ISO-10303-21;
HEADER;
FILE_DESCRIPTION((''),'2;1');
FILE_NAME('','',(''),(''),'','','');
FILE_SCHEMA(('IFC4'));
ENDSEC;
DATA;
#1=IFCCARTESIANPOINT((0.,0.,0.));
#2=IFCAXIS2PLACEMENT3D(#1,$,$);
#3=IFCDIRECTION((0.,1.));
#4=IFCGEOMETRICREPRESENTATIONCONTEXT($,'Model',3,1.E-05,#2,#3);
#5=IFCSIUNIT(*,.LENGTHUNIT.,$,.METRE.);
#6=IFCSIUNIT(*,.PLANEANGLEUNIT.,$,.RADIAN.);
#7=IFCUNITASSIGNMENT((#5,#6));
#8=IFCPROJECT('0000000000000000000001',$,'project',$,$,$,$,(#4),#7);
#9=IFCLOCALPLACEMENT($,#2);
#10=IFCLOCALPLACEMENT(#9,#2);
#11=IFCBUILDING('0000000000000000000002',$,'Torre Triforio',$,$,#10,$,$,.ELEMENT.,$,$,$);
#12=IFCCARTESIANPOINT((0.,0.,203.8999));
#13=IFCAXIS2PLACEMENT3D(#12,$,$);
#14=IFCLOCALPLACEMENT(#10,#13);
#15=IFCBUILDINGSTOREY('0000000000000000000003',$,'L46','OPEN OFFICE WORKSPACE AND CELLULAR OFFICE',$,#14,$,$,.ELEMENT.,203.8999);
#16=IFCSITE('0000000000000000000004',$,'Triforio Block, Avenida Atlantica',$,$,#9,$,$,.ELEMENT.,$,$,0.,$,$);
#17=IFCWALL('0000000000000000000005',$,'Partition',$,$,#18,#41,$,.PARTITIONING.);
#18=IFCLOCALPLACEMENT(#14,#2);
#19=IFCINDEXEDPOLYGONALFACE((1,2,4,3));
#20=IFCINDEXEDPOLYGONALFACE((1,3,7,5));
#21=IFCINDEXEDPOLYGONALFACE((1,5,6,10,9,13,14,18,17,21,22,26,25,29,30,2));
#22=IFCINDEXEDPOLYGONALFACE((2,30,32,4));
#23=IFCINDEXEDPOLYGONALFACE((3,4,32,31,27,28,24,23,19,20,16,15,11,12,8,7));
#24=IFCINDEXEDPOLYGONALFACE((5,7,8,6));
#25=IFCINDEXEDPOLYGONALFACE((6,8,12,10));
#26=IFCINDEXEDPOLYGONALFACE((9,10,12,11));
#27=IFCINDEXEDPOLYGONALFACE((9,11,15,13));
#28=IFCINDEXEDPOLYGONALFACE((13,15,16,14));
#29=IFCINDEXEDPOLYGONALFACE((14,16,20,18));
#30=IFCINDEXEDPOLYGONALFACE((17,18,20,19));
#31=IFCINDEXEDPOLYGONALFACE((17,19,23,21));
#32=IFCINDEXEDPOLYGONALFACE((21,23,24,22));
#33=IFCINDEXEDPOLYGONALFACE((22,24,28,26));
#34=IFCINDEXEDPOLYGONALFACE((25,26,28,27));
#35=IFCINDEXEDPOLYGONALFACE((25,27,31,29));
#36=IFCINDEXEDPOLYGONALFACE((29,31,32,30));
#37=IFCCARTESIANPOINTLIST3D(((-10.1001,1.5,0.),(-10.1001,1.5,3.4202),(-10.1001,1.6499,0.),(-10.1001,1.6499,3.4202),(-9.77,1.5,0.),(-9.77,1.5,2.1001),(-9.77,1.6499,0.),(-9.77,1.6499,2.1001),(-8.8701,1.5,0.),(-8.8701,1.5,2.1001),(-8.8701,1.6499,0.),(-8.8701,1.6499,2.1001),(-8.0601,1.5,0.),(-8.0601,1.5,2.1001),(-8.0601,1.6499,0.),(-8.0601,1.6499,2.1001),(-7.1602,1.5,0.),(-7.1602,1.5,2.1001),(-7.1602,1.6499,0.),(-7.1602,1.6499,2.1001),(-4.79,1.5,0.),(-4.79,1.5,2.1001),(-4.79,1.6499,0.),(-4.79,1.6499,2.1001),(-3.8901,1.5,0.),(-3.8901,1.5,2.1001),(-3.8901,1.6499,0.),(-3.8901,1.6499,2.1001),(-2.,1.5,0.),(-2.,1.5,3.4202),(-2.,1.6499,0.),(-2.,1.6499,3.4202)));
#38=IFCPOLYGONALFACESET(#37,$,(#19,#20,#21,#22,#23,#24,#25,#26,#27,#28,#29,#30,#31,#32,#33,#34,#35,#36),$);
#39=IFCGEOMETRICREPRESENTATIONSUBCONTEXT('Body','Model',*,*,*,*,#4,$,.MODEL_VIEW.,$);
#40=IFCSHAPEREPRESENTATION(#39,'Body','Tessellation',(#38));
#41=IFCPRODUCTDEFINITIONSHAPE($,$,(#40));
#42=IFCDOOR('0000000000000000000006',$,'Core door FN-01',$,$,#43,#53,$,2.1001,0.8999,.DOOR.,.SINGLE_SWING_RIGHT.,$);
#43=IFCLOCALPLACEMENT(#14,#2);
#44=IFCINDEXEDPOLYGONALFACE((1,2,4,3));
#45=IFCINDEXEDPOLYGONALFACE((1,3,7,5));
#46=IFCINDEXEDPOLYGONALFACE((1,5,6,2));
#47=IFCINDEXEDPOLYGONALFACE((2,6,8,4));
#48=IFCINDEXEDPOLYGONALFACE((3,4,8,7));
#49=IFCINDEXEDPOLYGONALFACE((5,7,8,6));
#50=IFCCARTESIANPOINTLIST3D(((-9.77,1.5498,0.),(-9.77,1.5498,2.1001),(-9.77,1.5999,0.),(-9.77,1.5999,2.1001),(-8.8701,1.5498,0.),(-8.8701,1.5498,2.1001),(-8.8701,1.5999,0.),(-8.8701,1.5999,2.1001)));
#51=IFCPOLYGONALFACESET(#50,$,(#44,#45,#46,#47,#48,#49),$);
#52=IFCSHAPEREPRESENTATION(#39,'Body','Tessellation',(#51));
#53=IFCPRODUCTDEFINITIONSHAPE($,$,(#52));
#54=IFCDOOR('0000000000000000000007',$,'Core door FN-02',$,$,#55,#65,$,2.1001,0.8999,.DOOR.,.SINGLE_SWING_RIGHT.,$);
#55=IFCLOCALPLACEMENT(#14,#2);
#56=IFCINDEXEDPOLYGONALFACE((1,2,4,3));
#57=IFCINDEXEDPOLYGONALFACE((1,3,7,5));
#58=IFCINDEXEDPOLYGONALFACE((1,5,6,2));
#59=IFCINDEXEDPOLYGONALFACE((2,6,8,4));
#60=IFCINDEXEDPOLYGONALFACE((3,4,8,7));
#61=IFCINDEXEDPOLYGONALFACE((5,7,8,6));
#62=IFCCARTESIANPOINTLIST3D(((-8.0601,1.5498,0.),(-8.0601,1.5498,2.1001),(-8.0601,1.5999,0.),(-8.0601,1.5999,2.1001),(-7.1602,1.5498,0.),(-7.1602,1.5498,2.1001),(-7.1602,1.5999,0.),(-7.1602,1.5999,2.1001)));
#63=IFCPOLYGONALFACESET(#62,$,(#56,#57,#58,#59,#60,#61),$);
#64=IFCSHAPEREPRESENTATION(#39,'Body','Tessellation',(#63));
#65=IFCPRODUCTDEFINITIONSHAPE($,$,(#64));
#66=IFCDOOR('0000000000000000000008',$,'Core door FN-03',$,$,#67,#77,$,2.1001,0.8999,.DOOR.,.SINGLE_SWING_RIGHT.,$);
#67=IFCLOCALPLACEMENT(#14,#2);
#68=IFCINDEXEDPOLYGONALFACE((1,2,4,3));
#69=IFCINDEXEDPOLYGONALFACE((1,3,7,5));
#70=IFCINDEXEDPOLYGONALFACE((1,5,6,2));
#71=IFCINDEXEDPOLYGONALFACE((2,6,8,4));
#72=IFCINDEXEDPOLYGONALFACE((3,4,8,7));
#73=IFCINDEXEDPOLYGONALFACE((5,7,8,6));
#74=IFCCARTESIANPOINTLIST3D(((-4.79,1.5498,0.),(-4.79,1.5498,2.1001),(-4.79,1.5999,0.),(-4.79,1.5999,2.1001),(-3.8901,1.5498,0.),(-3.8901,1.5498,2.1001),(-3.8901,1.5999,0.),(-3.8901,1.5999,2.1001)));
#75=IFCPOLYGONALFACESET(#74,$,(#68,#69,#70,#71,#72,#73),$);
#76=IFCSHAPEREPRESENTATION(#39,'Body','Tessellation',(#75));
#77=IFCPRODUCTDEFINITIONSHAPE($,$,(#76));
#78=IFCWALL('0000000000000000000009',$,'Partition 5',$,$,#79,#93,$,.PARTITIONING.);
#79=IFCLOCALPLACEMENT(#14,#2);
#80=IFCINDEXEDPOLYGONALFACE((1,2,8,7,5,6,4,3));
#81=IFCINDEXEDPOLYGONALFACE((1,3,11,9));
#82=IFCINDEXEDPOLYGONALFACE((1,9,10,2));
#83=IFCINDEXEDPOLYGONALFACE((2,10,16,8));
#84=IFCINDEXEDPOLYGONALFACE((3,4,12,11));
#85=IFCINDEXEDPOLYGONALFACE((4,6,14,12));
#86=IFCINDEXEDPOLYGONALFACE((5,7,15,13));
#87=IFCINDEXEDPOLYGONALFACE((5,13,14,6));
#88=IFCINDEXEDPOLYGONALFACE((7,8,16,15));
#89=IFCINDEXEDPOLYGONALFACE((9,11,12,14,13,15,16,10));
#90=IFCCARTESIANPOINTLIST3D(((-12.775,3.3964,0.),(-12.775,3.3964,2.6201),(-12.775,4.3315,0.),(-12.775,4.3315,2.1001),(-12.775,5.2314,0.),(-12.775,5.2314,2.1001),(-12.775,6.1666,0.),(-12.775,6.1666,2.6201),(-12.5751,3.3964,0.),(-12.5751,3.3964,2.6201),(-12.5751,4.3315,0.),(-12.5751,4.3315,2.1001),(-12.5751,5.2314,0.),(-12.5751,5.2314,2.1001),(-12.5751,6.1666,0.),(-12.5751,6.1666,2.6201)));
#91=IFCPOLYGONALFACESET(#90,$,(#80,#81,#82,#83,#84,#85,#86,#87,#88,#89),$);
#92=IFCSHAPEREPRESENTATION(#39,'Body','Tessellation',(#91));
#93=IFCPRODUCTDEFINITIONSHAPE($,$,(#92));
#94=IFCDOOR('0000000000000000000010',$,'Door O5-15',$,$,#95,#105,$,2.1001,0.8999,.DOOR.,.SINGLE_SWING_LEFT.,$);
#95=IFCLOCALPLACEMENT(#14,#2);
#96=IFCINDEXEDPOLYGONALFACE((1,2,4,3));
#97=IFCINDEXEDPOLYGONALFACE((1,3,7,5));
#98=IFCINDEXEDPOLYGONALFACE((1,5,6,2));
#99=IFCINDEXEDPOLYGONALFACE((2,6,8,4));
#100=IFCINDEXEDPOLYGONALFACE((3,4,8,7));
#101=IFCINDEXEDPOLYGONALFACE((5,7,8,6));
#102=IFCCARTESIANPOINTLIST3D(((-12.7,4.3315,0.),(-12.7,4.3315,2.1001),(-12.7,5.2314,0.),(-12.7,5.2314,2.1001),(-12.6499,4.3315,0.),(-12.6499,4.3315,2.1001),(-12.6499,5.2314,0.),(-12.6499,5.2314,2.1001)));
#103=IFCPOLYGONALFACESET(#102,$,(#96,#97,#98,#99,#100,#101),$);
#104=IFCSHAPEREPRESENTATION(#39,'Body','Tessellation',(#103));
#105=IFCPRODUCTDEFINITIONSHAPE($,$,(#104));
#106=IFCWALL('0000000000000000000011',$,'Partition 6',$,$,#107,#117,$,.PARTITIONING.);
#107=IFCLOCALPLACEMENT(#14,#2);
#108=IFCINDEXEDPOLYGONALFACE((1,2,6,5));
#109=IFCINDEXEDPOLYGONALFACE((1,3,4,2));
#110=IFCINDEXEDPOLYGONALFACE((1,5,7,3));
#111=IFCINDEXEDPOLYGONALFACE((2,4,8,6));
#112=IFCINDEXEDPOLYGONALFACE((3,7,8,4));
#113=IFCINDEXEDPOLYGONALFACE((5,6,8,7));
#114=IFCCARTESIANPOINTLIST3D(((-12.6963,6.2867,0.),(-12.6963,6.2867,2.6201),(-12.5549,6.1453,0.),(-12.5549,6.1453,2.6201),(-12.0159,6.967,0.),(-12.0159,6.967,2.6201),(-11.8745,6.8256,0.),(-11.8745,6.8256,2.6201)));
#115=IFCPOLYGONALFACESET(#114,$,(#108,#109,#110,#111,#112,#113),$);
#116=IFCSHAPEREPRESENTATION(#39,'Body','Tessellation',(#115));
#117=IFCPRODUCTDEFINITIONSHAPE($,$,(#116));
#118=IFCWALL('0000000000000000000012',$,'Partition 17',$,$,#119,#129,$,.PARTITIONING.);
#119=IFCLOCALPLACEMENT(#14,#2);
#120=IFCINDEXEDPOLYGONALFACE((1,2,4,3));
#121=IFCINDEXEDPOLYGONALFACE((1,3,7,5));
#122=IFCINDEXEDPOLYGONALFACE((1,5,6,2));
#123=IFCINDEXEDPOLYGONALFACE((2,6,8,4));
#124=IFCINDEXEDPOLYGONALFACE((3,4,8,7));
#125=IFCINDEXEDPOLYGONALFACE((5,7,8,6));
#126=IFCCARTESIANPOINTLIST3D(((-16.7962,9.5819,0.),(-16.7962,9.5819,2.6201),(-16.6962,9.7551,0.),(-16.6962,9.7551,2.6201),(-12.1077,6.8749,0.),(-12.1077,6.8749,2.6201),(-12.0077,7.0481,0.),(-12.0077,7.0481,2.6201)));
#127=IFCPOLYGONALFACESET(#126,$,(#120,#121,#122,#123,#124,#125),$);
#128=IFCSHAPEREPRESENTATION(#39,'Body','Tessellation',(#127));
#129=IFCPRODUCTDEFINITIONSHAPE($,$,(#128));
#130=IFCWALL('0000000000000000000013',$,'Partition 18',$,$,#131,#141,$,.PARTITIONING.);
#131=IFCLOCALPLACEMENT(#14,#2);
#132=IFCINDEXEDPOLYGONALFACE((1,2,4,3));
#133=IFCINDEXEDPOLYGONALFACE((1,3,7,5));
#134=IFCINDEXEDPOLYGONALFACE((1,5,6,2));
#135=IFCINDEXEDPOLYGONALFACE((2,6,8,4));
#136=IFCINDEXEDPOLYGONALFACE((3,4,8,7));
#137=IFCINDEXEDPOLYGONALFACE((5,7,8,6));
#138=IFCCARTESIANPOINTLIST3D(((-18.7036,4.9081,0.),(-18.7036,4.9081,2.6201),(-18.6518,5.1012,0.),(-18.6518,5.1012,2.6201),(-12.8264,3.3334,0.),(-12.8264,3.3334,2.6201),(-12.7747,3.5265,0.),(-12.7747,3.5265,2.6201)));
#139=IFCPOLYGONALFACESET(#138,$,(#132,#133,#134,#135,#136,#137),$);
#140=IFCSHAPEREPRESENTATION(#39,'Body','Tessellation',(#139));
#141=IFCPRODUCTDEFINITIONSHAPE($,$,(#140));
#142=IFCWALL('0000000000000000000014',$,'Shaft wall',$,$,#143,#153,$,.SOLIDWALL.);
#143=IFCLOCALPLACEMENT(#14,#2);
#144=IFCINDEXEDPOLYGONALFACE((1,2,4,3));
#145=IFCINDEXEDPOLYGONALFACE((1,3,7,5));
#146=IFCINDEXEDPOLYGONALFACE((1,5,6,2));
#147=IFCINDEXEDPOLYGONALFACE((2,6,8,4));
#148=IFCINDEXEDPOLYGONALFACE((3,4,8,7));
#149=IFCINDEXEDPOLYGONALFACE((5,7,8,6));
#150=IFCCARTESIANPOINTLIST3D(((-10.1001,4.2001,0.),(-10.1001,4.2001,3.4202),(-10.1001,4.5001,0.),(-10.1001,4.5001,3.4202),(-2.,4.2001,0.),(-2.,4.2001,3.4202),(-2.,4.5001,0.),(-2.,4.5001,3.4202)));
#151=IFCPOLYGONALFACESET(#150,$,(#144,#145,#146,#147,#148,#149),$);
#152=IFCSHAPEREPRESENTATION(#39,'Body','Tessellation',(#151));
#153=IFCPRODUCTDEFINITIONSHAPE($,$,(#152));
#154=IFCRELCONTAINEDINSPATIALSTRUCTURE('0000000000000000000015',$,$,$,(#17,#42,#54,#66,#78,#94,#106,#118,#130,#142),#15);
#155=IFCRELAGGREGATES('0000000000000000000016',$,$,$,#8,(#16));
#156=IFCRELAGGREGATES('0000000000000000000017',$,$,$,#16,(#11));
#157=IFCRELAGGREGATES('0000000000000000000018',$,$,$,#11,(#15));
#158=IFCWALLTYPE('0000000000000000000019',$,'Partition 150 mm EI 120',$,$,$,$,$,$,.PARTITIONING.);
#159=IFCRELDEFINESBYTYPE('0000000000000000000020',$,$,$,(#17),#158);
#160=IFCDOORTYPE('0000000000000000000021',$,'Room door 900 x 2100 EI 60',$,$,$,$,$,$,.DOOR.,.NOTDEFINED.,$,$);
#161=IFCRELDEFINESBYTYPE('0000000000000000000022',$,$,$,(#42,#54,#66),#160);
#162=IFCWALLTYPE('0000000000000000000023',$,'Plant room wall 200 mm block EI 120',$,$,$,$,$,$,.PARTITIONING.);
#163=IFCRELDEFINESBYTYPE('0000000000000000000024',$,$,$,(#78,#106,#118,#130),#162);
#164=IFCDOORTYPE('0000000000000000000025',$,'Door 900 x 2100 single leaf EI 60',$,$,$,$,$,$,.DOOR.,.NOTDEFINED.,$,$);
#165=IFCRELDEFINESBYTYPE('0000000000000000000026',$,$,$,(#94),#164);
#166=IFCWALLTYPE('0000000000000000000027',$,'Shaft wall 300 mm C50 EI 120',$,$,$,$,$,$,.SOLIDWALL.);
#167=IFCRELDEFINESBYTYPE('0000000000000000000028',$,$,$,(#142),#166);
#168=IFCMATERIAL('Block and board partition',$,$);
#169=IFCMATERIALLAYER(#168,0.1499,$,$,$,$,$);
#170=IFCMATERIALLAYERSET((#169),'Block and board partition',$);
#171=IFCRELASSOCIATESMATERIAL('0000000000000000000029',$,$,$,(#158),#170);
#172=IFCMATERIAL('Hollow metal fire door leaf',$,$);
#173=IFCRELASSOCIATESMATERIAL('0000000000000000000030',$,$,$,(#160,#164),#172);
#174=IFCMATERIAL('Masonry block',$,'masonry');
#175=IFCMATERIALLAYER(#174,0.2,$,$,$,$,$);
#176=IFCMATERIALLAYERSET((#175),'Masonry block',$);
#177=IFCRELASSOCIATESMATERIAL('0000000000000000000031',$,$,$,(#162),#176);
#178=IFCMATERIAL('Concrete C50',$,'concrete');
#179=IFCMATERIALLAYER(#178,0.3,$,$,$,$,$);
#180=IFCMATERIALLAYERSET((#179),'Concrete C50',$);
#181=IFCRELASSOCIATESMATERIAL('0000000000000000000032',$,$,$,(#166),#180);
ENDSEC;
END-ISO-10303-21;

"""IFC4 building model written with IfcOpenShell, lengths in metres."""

from ifc_helpers import new_model, si_unit, direction, frame, frame_2d, origin, place, context, subcontext, project, spatial, rectangle, extrude, material, layer, layer_set, type_object, element, fill, save


model = new_model("IFC4")

# Units and contexts
model_context = context("Model", 3, precision=1e-05, world=origin(), true_north=direction((0.0, 1.0)))
body_context = subcontext(model_context, "Body", "Model", "MODEL_VIEW")
ifc_project = project(units=[si_unit("LENGTHUNIT", "METRE"), si_unit("PLANEANGLEUNIT", "RADIAN")], contexts=[model_context])

# Site, building, storey
site_placement = place(None, origin())
site = spatial("IfcSite", under=ifc_project, at=site_placement, Name="Triforio Block, Avenida Atlantica", CompositionType="ELEMENT", RefElevation=0.0)
building_placement = place(site_placement, origin())
building = spatial("IfcBuilding", under=site, at=building_placement, Name="Torre Triforio", CompositionType="ELEMENT")
storey_placement = place(building_placement, frame((0.0, 0.0, 203.8999)))
storey = spatial("IfcBuildingStorey", under=building, at=storey_placement, Name="L46", Description="OPEN OFFICE WORKSPACE AND CELLULAR OFFICE", CompositionType="ELEMENT", Elevation=203.8999)

# Shared definitions
ifc_material_1 = material(Name="Concrete C50", Category="concrete")

# Shared definitions
ifc_material_2 = material(Name="Hollow metal fire door leaf")

# Wall, openings, doors
ifc_material_3 = material(Name="Block and board partition")
ifc_layer_1 = layer(ifc_material_3, 0.1499)
ifc_layer_set_1 = layer_set([ifc_layer_1], Name="Block and board partition")
wall_type_1 = type_object("IfcWallType", Name="Partition 150 mm EI 120", PredefinedType="PARTITIONING", material=ifc_layer_set_1)
wall_1_placement = place(storey_placement, frame((-10.1001, 1.575, 0.0), z_axis=(0.0, 0.0, 1.0), x_axis=(1.0, 0.0, 0.0)))
wall_1 = element("IfcWall", 1, at=wall_1_placement, inside=storey, type_object=wall_type_1, Name="Partition", PredefinedType="PARTITIONING", context=body_context, shape_type="SweptSolid", body=[
    extrude(rectangle(XDim=8.1001, YDim=0.1499, at=frame_2d((4.05, 0.0))), origin(), (0.0, 0.0, 1.0), 3.4202),
])
opening_1_placement = place(wall_1_placement, frame((0.3301, 0.0, 0.0)))
opening_1 = element("IfcOpeningElement", 2, at=opening_1_placement, cuts=wall_1, PredefinedType="OPENING", context=body_context, shape_type="SweptSolid", body=[
    extrude(rectangle(XDim=0.8999, YDim=2.1001, at=frame_2d((0.45, 1.05))), frame((0.0, 0.085, 0.0), z_axis=(0.0, -1.0, 0.0), x_axis=(1.0, 0.0, 0.0)), (0.0, 0.0, 1.0), 0.1699),
])
opening_2_placement = place(wall_1_placement, frame((2.04, 0.0, 0.0)))
opening_2 = element("IfcOpeningElement", 3, at=opening_2_placement, cuts=wall_1, PredefinedType="OPENING", context=body_context, shape_type="SweptSolid", body=[
    extrude(rectangle(XDim=0.8999, YDim=2.1001, at=frame_2d((0.45, 1.05))), frame((0.0, 0.085, 0.0), z_axis=(0.0, -1.0, 0.0), x_axis=(1.0, 0.0, 0.0)), (0.0, 0.0, 1.0), 0.1699),
])
opening_3_placement = place(wall_1_placement, frame((5.3101, 0.0, 0.0)))
opening_3 = element("IfcOpeningElement", 4, at=opening_3_placement, cuts=wall_1, PredefinedType="OPENING", context=body_context, shape_type="SweptSolid", body=[
    extrude(rectangle(XDim=0.8999, YDim=2.1001, at=frame_2d((0.45, 1.05))), frame((0.0, 0.085, 0.0), z_axis=(0.0, -1.0, 0.0), x_axis=(1.0, 0.0, 0.0)), (0.0, 0.0, 1.0), 0.1699),
])
door_type_1 = type_object("IfcDoorType", Name="Room door 900 x 2100 EI 60", OperationType="NOTDEFINED", PredefinedType="DOOR", material=ifc_material_2)
door_1_placement = place(opening_1_placement, origin())
door_1 = element("IfcDoor", 5, at=door_1_placement, inside=storey, type_object=door_type_1, Name="Core door FN-01", OperationType="SINGLE_SWING_RIGHT", OverallHeight=2.1001, OverallWidth=0.8999, PredefinedType="DOOR", context=body_context, shape_type="SweptSolid", body=[
    extrude(rectangle(XDim=0.8999, YDim=2.1001, at=frame_2d((0.45, 1.05))), frame((0.0, 0.0249, 0.0), z_axis=(0.0, -1.0, 0.0), x_axis=(1.0, 0.0, 0.0)), (0.0, 0.0, 1.0), 0.05),
])
fill(opening_1, door_1)
door_2_placement = place(opening_2_placement, origin())
door_2 = element("IfcDoor", 6, at=door_2_placement, inside=storey, type_object=door_type_1, Name="Core door FN-02", OperationType="SINGLE_SWING_RIGHT", OverallHeight=2.1001, OverallWidth=0.8999, PredefinedType="DOOR", context=body_context, shape_type="SweptSolid", body=[
    extrude(rectangle(XDim=0.8999, YDim=2.1001, at=frame_2d((0.45, 1.05))), frame((0.0, 0.0249, 0.0), z_axis=(0.0, -1.0, 0.0), x_axis=(1.0, 0.0, 0.0)), (0.0, 0.0, 1.0), 0.05),
])
fill(opening_2, door_2)
door_3_placement = place(opening_3_placement, origin())
door_3 = element("IfcDoor", 7, at=door_3_placement, inside=storey, type_object=door_type_1, Name="Core door FN-03", OperationType="SINGLE_SWING_RIGHT", OverallHeight=2.1001, OverallWidth=0.8999, PredefinedType="DOOR", context=body_context, shape_type="SweptSolid", body=[
    extrude(rectangle(XDim=0.8999, YDim=2.1001, at=frame_2d((0.45, 1.05))), frame((0.0, 0.0249, 0.0), z_axis=(0.0, -1.0, 0.0), x_axis=(1.0, 0.0, 0.0)), (0.0, 0.0, 1.0), 0.05),
])
fill(opening_3, door_3)

# Wall, opening, door
ifc_material_4 = material(Name="Masonry block", Category="masonry")
ifc_layer_2 = layer(ifc_material_4, 0.2)
ifc_layer_set_2 = layer_set([ifc_layer_2], Name="Masonry block")
wall_type_2 = type_object("IfcWallType", Name="Plant room wall 200 mm block EI 120", PredefinedType="PARTITIONING", material=ifc_layer_set_2)
wall_2_placement = place(storey_placement, frame((-12.675, 3.3962, 0.0), z_axis=(0.0, 0.0, 1.0), x_axis=(0.0, 1.0, 0.0)))
wall_2 = element("IfcWall", 8, at=wall_2_placement, inside=storey, type_object=wall_type_2, Name="Partition 5", PredefinedType="PARTITIONING", context=body_context, shape_type="SweptSolid", body=[
    extrude(rectangle(XDim=2.7703, YDim=0.2, at=frame_2d((1.3853, 0.0))), origin(), (0.0, 0.0, 1.0), 2.6201),
])
opening_4_placement = place(wall_2_placement, frame((0.9353, 0.0, 0.0)))
opening_4 = element("IfcOpeningElement", 9, at=opening_4_placement, cuts=wall_2, PredefinedType="OPENING", context=body_context, shape_type="SweptSolid", body=[
    extrude(rectangle(XDim=0.8999, YDim=2.1001, at=frame_2d((0.45, 1.05))), frame((0.0, 0.1099, 0.0), z_axis=(0.0, -1.0, 0.0), x_axis=(1.0, 0.0, 0.0)), (0.0, 0.0, 1.0), 0.22),
])
door_type_2 = type_object("IfcDoorType", Name="Door 900 x 2100 single leaf EI 60", OperationType="NOTDEFINED", PredefinedType="DOOR", material=ifc_material_2)
door_4_placement = place(opening_4_placement, origin())
door_4 = element("IfcDoor", 10, at=door_4_placement, inside=storey, type_object=door_type_2, Name="Door O5-15", OperationType="SINGLE_SWING_LEFT", OverallHeight=2.1001, OverallWidth=0.8999, PredefinedType="DOOR", context=body_context, shape_type="SweptSolid", body=[
    extrude(rectangle(XDim=0.8999, YDim=2.1001, at=frame_2d((0.45, 1.05))), frame((0.0, 0.0249, 0.0), z_axis=(0.0, -1.0, 0.0), x_axis=(1.0, 0.0, 0.0)), (0.0, 0.0, 1.0), 0.05),
])
fill(opening_4, door_4)

# Walls
wall_3_placement = place(storey_placement, frame((-12.6255, 6.2161, 0.0), z_axis=(0.0, 0.0, 1.0), x_axis=(0.707107, 0.707107, 0.0)))
element("IfcWall", 11, at=wall_3_placement, inside=storey, type_object=wall_type_2, Name="Partition 6", PredefinedType="PARTITIONING", context=body_context, shape_type="SweptSolid", body=[
    extrude(rectangle(XDim=0.9622, YDim=0.2, at=frame_2d((0.481, 0.0))), origin(), (0.0, 0.0, 1.0), 2.6201),
])
wall_4_placement = place(storey_placement, frame((-12.0576, 6.9614, 0.0), z_axis=(0.0, 0.0, 1.0), x_axis=(-0.866014, 0.500019, 0.0)))
element("IfcWall", 12, at=wall_4_placement, inside=storey, type_object=wall_type_2, Name="Partition 17", PredefinedType="PARTITIONING", context=body_context, shape_type="SweptSolid", body=[
    extrude(rectangle(XDim=5.4138, YDim=0.2, at=frame_2d((2.707, 0.0))), origin(), (0.0, 0.0, 1.0), 2.6201),
])
wall_5_placement = place(storey_placement, frame((-12.8005, 3.4299, 0.0), z_axis=(0.0, 0.0, 1.0), x_axis=(-0.965929, 0.258806, 0.0)))
element("IfcWall", 13, at=wall_5_placement, inside=storey, type_object=wall_type_2, Name="Partition 18", PredefinedType="PARTITIONING", context=body_context, shape_type="SweptSolid", body=[
    extrude(rectangle(XDim=6.0845, YDim=0.2, at=frame_2d((3.0422, 0.0))), origin(), (0.0, 0.0, 1.0), 2.6201),
])
ifc_layer_3 = layer(ifc_material_1, 0.3)
ifc_layer_set_3 = layer_set([ifc_layer_3], Name="Concrete C50")
wall_type_3 = type_object("IfcWallType", Name="Shaft wall 300 mm C50 EI 120", PredefinedType="SOLIDWALL", material=ifc_layer_set_3)
wall_6_placement = place(storey_placement, frame((-10.1001, 4.3501, 0.0), z_axis=(0.0, 0.0, 1.0), x_axis=(1.0, 0.0, 0.0)))
element("IfcWall", 14, at=wall_6_placement, inside=storey, type_object=wall_type_3, Name="Shaft wall", PredefinedType="SOLIDWALL", context=body_context, shape_type="SweptSolid", body=[
    extrude(rectangle(XDim=8.1001, YDim=0.3, at=frame_2d((4.05, 0.0))), origin(), (0.0, 0.0, 1.0), 3.4202),
])

save(model, "model.ifc")
